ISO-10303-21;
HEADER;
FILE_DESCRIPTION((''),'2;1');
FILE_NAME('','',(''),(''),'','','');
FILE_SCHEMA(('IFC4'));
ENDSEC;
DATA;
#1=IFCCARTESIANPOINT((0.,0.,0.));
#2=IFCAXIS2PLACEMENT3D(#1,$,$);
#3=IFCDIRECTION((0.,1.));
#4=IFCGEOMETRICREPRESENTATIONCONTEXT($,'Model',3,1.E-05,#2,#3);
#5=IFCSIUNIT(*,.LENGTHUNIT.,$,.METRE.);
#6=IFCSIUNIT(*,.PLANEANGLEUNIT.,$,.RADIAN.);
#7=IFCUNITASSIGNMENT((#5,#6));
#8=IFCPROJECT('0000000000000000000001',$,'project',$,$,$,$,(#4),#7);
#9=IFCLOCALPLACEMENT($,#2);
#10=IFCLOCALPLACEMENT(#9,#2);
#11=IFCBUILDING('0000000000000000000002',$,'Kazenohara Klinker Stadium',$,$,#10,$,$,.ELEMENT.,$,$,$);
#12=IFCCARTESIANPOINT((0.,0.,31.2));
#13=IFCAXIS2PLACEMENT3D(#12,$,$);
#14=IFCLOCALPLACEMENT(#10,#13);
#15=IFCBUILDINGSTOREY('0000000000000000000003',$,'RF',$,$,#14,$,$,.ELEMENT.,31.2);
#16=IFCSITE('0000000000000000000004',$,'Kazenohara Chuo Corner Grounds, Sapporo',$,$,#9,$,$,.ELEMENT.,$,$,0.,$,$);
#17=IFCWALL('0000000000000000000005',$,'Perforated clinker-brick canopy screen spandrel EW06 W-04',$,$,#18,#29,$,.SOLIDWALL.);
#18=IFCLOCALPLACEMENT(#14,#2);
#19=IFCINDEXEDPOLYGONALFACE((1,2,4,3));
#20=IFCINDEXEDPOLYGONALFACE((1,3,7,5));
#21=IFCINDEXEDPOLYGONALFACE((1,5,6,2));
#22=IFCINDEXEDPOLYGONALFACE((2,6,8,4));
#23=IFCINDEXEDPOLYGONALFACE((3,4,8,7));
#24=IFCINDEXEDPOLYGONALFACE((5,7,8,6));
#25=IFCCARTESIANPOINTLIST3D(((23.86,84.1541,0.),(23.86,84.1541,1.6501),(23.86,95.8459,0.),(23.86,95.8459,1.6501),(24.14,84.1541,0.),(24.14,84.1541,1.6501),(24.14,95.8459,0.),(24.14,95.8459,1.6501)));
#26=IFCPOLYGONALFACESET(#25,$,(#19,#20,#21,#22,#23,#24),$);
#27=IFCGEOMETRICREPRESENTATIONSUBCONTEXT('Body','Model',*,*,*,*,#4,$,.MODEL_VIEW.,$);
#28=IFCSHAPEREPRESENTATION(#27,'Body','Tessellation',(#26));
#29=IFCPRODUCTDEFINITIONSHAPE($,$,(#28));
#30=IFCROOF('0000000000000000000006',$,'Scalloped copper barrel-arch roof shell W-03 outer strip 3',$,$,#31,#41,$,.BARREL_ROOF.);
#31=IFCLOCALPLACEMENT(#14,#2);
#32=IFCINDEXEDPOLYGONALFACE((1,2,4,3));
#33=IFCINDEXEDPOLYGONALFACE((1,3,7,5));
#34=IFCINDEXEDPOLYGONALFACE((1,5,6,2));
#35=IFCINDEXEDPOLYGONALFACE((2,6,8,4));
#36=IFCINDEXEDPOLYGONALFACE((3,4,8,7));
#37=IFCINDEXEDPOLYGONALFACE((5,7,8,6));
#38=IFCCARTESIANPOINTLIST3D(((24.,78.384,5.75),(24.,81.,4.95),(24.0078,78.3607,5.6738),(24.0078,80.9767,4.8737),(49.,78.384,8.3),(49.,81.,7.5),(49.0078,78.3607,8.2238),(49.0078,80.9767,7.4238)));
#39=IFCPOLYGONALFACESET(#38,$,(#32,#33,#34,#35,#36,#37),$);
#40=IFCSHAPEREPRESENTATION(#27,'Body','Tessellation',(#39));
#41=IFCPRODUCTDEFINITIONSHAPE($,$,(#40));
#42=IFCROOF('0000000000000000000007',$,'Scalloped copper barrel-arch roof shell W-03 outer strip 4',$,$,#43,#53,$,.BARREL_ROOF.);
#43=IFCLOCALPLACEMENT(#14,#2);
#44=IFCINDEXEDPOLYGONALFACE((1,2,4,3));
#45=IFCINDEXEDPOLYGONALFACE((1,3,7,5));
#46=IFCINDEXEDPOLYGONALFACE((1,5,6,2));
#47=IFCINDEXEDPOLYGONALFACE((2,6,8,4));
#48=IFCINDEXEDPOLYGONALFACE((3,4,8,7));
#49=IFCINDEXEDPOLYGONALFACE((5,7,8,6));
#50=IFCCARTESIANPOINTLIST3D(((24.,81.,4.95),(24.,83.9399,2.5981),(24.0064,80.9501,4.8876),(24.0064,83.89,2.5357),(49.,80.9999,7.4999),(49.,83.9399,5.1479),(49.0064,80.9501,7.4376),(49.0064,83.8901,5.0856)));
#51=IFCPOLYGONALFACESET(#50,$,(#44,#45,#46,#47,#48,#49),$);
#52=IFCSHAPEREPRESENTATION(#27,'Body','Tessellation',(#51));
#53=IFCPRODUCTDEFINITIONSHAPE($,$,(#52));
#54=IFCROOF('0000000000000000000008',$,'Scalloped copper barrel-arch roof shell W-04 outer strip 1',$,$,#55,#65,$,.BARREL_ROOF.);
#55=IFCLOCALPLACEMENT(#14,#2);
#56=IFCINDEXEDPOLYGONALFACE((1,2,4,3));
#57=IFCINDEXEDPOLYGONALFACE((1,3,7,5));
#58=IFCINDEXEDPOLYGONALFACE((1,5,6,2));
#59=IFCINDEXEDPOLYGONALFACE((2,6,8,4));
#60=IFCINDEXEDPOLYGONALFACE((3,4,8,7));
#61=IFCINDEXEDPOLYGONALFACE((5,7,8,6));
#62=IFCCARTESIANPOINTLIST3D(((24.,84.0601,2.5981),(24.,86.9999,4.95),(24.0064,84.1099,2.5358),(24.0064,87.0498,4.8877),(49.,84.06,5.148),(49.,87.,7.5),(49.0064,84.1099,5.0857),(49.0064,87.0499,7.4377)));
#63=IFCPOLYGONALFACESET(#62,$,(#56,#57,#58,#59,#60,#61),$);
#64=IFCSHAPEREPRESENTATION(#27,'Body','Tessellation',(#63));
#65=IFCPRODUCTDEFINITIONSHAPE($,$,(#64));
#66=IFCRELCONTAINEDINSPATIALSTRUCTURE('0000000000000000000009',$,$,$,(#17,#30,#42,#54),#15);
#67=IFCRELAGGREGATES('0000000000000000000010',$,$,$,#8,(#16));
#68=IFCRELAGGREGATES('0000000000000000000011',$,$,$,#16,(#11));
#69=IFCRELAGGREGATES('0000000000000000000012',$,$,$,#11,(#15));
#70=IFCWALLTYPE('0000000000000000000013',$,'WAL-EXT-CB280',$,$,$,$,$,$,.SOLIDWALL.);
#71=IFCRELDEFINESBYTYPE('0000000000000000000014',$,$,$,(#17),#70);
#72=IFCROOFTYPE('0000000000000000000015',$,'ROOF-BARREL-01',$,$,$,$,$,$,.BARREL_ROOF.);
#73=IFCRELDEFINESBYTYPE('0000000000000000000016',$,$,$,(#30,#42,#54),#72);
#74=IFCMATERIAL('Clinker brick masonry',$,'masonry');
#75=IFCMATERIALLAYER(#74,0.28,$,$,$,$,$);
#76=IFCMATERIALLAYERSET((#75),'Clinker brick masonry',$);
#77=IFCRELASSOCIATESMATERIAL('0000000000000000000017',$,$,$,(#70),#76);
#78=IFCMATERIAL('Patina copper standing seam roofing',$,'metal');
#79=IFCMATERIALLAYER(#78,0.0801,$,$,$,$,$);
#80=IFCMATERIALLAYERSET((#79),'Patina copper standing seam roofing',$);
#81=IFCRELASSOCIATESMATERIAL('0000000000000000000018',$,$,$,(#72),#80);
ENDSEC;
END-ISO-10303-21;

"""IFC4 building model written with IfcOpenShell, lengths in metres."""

from ifc_helpers import new_model, si_unit, direction, frame, frame_2d, origin, place, context, subcontext, project, spatial, polyline, rectangle, outline, extrude, material, layer, layer_set, type_object, element, save


model = new_model("IFC4")

# Units and contexts
model_context = context("Model", 3, precision=1e-05, world=origin(), true_north=direction((0.0, 1.0)))
body_context = subcontext(model_context, "Body", "Model", "MODEL_VIEW")
ifc_project = project(units=[si_unit("LENGTHUNIT", "METRE"), si_unit("PLANEANGLEUNIT", "RADIAN")], contexts=[model_context])

# Site, building, storey
site_placement = place(None, origin())
site = spatial("IfcSite", under=ifc_project, at=site_placement, Name="Kazenohara Chuo Corner Grounds, Sapporo", CompositionType="ELEMENT", RefElevation=0.0)
building_placement = place(site_placement, origin())
building = spatial("IfcBuilding", under=site, at=building_placement, Name="Kazenohara Klinker Stadium", CompositionType="ELEMENT")
storey_placement = place(building_placement, frame((0.0, 0.0, 31.2)))
storey = spatial("IfcBuildingStorey", under=building, at=storey_placement, Name="RF", CompositionType="ELEMENT", Elevation=31.2)

# Wall
ifc_material_1 = material(Name="Clinker brick masonry", Category="masonry")
ifc_layer_1 = layer(ifc_material_1, 0.28)
ifc_layer_set_1 = layer_set([ifc_layer_1], Name="Clinker brick masonry")
wall_type = type_object("IfcWallType", Name="WAL-EXT-CB280", PredefinedType="SOLIDWALL", material=ifc_layer_set_1)
wall_placement = place(storey_placement, frame((24.0, 84.1541, 0.0), z_axis=(0.0, 0.0, 1.0), x_axis=(0.0, 1.0, 0.0)))
element("IfcWall", 1, at=wall_placement, inside=storey, type_object=wall_type, Name="Perforated clinker-brick canopy screen spandrel EW06 W-04", PredefinedType="SOLIDWALL", context=body_context, shape_type="SweptSolid", body=[
    extrude(rectangle(XDim=11.6919, YDim=0.28, at=frame_2d((5.8459, 0.0))), origin(), (0.0, 0.0, 1.0), 1.6501),
])

# Roofs
ifc_material_2 = material(Name="Patina copper standing seam roofing", Category="metal")
ifc_layer_2 = layer(ifc_material_2, 0.0801)
ifc_layer_set_2 = layer_set([ifc_layer_2], Name="Patina copper standing seam roofing")
roof_type = type_object("IfcRoofType", Name="ROOF-BARREL-01", PredefinedType="BARREL_ROOF", material=ifc_layer_set_2)
roof_1_placement = place(storey_placement, frame((24.0, 78.384, 5.75), z_axis=(-0.097081, 0.29108, 0.95176), x_axis=(0.994838, 0.0, 0.101475)))
element("IfcRoof", 2, at=roof_1_placement, inside=storey, type_object=roof_type, Name="Scalloped copper barrel-arch roof shell W-03 outer strip 3", PredefinedType="BARREL_ROOF", context=body_context, shape_type="SweptSolid", body=[
    extrude(outline(polyline([(0.0, 0.0), (25.1297, 0.0), (25.0485, 2.7344), (-0.0812, 2.7344), (0.0, 0.0)])), origin(), (0.0, 0.0, -1.0), 0.0801),
])
roof_2_placement = place(storey_placement, frame((24.0, 81.0, 4.95), z_axis=(-0.079395, 0.622719, 0.778407), x_axis=(0.994838, -0.000002, 0.101472)))
element("IfcRoof", 3, at=roof_2_placement, inside=storey, type_object=roof_type, Name="Scalloped copper barrel-arch roof shell W-03 outer strip 4", PredefinedType="BARREL_ROOF", context=body_context, shape_type="SweptSolid", body=[
    extrude(outline(polyline([(0.0, 0.0), (25.1297, 0.0), (24.891, 3.7575), (-0.2387, 3.7573), (0.0, 0.0)])), origin(), (0.0, 0.0, -1.0), 0.0801),
])
roof_3_placement = place(storey_placement, frame((24.0, 84.0601, 2.5981), z_axis=(-0.079395, -0.622719, 0.778407), x_axis=(0.994839, -0.000002, 0.101469)))
element("IfcRoof", 4, at=roof_3_placement, inside=storey, type_object=roof_type, Name="Scalloped copper barrel-arch roof shell W-04 outer strip 1", PredefinedType="BARREL_ROOF", context=body_context, shape_type="SweptSolid", body=[
    extrude(outline(polyline([(0.0, 0.0), (25.1297, 0.0), (25.3683, 3.7575), (0.2386, 3.7573), (0.0, 0.0)])), origin(), (0.0, 0.0, -1.0), 0.0801),
])

save(model, "model.ifc")
